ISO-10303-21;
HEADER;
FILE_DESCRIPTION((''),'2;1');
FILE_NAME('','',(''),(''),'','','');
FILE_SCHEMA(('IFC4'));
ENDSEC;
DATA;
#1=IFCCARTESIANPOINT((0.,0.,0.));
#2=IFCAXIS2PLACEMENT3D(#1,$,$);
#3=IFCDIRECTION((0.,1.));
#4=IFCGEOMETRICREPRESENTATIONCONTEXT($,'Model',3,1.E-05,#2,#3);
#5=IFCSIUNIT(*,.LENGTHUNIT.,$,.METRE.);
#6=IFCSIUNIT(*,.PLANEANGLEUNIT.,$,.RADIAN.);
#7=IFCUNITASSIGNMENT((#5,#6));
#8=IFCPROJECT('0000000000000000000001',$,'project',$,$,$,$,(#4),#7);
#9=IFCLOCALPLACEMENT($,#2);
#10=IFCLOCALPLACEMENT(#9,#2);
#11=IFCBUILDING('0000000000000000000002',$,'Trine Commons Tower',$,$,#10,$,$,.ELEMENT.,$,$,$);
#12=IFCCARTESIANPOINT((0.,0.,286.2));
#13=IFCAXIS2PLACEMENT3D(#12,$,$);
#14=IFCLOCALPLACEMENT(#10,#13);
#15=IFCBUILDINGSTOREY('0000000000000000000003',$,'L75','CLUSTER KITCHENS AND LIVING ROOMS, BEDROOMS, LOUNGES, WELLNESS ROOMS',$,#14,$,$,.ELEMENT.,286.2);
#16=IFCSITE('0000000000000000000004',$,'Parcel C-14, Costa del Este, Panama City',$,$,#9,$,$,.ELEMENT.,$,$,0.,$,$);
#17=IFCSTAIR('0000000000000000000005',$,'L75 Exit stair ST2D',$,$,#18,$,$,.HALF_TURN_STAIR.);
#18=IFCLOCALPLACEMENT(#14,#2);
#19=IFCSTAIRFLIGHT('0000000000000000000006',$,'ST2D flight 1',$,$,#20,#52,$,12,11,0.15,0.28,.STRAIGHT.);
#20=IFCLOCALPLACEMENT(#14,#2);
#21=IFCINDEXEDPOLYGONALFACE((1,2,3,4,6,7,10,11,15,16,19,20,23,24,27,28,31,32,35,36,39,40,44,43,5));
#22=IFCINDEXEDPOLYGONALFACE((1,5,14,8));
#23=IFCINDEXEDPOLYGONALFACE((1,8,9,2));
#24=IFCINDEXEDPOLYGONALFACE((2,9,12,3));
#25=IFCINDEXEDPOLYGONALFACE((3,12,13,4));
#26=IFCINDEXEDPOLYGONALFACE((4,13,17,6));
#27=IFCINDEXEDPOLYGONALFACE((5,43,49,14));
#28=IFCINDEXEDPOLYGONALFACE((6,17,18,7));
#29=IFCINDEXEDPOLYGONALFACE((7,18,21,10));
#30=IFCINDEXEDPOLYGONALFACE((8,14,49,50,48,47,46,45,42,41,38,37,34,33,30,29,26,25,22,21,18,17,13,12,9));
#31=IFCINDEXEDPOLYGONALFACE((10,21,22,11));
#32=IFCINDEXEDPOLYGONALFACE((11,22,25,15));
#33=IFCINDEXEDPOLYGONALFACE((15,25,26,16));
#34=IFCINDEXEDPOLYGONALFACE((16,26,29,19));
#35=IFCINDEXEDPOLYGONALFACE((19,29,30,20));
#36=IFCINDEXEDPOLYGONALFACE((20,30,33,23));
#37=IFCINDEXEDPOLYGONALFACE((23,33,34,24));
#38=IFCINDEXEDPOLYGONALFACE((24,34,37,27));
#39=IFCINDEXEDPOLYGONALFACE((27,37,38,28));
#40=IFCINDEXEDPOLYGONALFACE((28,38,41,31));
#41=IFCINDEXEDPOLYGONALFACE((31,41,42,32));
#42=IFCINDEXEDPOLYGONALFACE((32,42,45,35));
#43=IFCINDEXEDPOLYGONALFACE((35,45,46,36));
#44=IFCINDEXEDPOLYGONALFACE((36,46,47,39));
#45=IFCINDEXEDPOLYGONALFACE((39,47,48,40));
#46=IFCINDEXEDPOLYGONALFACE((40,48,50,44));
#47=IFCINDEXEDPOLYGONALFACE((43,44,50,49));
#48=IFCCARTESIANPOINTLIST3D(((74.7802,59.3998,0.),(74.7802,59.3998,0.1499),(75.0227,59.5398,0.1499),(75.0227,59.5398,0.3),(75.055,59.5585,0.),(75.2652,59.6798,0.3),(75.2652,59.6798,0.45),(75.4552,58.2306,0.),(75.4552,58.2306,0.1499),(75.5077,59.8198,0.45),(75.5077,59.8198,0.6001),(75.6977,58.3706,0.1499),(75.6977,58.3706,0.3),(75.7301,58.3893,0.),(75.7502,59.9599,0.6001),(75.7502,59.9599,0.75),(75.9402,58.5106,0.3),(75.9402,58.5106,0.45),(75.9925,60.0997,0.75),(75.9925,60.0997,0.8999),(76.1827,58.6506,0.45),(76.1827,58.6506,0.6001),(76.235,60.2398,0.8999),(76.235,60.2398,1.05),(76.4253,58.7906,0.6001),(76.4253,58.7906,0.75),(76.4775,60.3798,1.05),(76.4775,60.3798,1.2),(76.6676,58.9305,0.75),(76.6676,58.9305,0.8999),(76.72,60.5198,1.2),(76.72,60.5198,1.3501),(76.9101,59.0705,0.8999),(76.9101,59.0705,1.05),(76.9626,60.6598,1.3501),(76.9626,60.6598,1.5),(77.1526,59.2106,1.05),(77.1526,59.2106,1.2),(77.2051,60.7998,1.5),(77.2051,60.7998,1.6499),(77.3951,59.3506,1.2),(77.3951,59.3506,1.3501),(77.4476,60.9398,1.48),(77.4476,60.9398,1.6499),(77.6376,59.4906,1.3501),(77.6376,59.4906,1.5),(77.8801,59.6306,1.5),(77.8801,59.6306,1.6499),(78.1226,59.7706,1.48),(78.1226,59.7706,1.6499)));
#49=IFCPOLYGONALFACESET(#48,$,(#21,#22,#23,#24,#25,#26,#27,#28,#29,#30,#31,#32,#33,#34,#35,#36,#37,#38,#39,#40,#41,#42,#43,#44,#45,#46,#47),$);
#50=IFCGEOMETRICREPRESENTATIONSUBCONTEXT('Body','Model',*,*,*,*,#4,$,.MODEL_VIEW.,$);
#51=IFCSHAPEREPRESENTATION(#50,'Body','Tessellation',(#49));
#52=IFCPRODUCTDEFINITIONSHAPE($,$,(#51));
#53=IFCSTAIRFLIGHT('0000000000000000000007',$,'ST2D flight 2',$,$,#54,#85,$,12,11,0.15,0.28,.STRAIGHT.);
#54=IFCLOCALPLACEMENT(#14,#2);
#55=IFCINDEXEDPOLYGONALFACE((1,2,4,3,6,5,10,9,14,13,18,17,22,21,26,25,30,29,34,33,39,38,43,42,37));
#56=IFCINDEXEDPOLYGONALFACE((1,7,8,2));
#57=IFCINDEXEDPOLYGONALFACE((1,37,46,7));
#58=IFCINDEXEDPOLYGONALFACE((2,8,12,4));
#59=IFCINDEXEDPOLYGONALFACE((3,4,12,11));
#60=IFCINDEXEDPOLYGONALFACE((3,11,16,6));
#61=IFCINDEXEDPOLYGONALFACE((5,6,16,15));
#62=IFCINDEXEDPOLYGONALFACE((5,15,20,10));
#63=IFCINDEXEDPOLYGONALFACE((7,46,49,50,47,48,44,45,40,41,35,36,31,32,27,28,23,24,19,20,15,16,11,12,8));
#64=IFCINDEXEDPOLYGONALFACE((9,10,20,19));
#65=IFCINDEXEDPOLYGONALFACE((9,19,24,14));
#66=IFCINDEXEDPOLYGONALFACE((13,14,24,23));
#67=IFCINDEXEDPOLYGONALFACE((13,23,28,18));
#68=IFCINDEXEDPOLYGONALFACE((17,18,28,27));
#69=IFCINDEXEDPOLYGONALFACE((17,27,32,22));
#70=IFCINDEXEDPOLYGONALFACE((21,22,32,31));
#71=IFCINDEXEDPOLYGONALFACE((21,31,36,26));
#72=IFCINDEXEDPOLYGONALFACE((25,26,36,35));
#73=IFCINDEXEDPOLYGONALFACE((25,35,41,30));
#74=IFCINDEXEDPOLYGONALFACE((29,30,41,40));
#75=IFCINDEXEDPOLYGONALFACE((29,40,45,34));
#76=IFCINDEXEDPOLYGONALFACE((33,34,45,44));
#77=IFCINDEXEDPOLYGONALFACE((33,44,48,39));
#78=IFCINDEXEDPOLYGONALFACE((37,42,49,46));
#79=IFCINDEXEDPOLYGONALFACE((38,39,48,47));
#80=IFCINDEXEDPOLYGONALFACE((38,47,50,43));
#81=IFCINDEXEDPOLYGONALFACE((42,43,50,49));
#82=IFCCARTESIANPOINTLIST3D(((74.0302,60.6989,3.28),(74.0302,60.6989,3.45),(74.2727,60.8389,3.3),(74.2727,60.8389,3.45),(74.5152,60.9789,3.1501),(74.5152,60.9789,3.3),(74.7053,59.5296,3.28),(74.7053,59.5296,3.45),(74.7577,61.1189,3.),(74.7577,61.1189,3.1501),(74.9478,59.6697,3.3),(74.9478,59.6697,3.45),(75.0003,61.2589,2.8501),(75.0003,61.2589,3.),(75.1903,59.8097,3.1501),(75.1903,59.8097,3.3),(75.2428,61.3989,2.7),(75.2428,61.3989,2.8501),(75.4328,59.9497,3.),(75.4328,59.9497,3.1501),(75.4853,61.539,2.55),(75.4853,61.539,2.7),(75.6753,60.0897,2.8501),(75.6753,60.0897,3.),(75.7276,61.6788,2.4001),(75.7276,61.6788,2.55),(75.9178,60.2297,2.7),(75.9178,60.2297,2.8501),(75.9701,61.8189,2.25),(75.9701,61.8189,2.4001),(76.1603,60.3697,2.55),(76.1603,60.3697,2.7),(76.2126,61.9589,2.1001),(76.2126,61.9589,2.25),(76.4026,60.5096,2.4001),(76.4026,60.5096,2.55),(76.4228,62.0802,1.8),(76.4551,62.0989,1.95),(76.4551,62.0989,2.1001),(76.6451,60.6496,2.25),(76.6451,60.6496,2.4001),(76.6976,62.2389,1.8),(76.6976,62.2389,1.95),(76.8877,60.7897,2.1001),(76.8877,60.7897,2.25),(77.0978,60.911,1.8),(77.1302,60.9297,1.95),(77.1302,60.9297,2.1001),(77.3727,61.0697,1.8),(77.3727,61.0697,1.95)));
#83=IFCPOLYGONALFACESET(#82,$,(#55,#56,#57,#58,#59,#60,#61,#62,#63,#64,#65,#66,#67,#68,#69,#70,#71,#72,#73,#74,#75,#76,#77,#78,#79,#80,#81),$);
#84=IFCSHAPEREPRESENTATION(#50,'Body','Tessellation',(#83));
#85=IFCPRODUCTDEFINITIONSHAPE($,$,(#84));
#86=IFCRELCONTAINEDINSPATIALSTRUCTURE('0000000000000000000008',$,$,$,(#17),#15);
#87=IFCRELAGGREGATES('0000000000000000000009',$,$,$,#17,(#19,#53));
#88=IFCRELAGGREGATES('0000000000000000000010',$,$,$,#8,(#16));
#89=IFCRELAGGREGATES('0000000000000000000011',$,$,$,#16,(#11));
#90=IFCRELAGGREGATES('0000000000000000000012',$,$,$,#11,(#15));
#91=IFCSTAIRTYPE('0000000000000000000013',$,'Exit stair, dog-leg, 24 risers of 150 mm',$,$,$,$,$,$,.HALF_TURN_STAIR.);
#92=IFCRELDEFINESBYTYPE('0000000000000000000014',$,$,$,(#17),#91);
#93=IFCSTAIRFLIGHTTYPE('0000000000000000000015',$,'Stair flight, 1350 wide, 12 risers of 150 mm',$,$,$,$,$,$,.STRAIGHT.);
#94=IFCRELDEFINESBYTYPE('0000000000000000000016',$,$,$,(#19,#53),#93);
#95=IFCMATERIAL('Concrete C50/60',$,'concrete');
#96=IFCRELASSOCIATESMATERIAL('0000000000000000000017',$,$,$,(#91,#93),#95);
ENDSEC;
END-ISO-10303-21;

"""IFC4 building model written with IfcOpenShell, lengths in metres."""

from ifc_helpers import new_model, si_unit, direction, frame, origin, place, context, subcontext, project, spatial, polyline, outline, extrude, material, type_object, element, aggregate, save


model = new_model("IFC4")

# Units and contexts
model_context = context("Model", 3, precision=1e-05, world=origin(), true_north=direction((0.0, 1.0)))
body_context = subcontext(model_context, "Body", "Model", "MODEL_VIEW")
ifc_project = project(units=[si_unit("LENGTHUNIT", "METRE"), si_unit("PLANEANGLEUNIT", "RADIAN")], contexts=[model_context])

# Site, building, storey
site_placement = place(None, origin())
site = spatial("IfcSite", under=ifc_project, at=site_placement, Name="Parcel C-14, Costa del Este, Panama City", CompositionType="ELEMENT", RefElevation=0.0)
building_placement = place(site_placement, origin())
building = spatial("IfcBuilding", under=site, at=building_placement, Name="Trine Commons Tower", CompositionType="ELEMENT")
storey_placement = place(building_placement, frame((0.0, 0.0, 286.2)))
storey = spatial("IfcBuildingStorey", under=building, at=storey_placement, Name="L75", Description="CLUSTER KITCHENS AND LIVING ROOMS, BEDROOMS, LOUNGES, WELLNESS ROOMS", CompositionType="ELEMENT", Elevation=286.2)

# Shared definitions
ifc_material_1 = material(Name="Concrete C50/60", Category="concrete")

# Stair, stair flights
stair_type = type_object("IfcStairType", Name="Exit stair, dog-leg, 24 risers of 150 mm", PredefinedType="HALF_TURN_STAIR", material=ifc_material_1)
stair_placement = place(storey_placement, origin())
stair = element("IfcStair", 1, at=stair_placement, inside=storey, type_object=stair_type, Name="L75 Exit stair ST2D", PredefinedType="HALF_TURN_STAIR")
stair_flight_type = type_object("IfcStairFlightType", Name="Stair flight, 1350 wide, 12 risers of 150 mm", PredefinedType="STRAIGHT", material=ifc_material_1)
stair_flight_1_placement = place(storey_placement, frame((75.1177, 58.8152, 0.0), z_axis=(0.0, 0.0, 1.0), x_axis=(0.866025, 0.5, 0.0)))
stair_flight_1 = element("IfcStairFlight", 2, at=stair_flight_1_placement, type_object=stair_flight_type, Name="ST2D flight 1", NumberOfRisers=12, NumberOfTreads=11, PredefinedType="STRAIGHT", RiserHeight=0.15, TreadLength=0.28, context=body_context, shape_type="SweptSolid", body=[
    extrude(outline(polyline([(0.0, 0.0), (0.0, 0.1499), (0.28, 0.1499), (0.28, 0.3), (0.5601, 0.3), (0.5601, 0.45), (0.8401, 0.45), (0.8401, 0.6001), (1.1201, 0.6001), (1.1201, 0.75), (1.3999, 0.75), (1.3999, 0.8999), (1.6799, 0.8999), (1.6799, 1.05), (1.96, 1.05), (1.96, 1.2), (2.24, 1.2), (2.24, 1.3501), (2.52, 1.3501), (2.52, 1.5), (2.8, 1.5), (2.8, 1.6499), (3.0801, 1.6499), (3.0801, 1.8), (3.0801, 1.48), (0.3174, 0.0), (0.0, 0.0)])), frame((0.0, 0.675, 0.0), z_axis=(0.0, -1.0, 0.0), x_axis=(1.0, 0.0, 0.0)), (0.0, 0.0, 1.0), 1.3501),
])
stair_flight_2_placement = place(storey_placement, frame((77.0352, 61.6543, 1.8), z_axis=(0.0, 0.0, 1.0), x_axis=(-0.866025, -0.5, 0.0)))
stair_flight_2 = element("IfcStairFlight", 3, at=stair_flight_2_placement, type_object=stair_flight_type, Name="ST2D flight 2", NumberOfRisers=12, NumberOfTreads=11, PredefinedType="STRAIGHT", RiserHeight=0.15, TreadLength=0.28, context=body_context, shape_type="SweptSolid", body=[
    extrude(outline(polyline([(0.0, 0.0), (0.0, 0.1499), (0.28, 0.1499), (0.28, 0.3), (0.5601, 0.3), (0.5601, 0.45), (0.8401, 0.45), (0.8401, 0.6001), (1.1201, 0.6001), (1.1201, 0.75), (1.3999, 0.75), (1.3999, 0.8999), (1.6799, 0.8999), (1.6799, 1.05), (1.96, 1.05), (1.96, 1.2), (2.24, 1.2), (2.24, 1.3501), (2.52, 1.3501), (2.52, 1.5), (2.8, 1.5), (2.8, 1.6499), (3.0801, 1.6499), (3.0801, 1.8), (3.0801, 1.48), (0.3174, 0.0), (0.0, 0.0)])), frame((0.0, 0.675, 0.0), z_axis=(0.0, -1.0, 0.0), x_axis=(1.0, 0.0, 0.0)), (0.0, 0.0, 1.0), 1.3501),
])
aggregate(stair, [stair_flight_1, stair_flight_2])

save(model, "model.ifc")
